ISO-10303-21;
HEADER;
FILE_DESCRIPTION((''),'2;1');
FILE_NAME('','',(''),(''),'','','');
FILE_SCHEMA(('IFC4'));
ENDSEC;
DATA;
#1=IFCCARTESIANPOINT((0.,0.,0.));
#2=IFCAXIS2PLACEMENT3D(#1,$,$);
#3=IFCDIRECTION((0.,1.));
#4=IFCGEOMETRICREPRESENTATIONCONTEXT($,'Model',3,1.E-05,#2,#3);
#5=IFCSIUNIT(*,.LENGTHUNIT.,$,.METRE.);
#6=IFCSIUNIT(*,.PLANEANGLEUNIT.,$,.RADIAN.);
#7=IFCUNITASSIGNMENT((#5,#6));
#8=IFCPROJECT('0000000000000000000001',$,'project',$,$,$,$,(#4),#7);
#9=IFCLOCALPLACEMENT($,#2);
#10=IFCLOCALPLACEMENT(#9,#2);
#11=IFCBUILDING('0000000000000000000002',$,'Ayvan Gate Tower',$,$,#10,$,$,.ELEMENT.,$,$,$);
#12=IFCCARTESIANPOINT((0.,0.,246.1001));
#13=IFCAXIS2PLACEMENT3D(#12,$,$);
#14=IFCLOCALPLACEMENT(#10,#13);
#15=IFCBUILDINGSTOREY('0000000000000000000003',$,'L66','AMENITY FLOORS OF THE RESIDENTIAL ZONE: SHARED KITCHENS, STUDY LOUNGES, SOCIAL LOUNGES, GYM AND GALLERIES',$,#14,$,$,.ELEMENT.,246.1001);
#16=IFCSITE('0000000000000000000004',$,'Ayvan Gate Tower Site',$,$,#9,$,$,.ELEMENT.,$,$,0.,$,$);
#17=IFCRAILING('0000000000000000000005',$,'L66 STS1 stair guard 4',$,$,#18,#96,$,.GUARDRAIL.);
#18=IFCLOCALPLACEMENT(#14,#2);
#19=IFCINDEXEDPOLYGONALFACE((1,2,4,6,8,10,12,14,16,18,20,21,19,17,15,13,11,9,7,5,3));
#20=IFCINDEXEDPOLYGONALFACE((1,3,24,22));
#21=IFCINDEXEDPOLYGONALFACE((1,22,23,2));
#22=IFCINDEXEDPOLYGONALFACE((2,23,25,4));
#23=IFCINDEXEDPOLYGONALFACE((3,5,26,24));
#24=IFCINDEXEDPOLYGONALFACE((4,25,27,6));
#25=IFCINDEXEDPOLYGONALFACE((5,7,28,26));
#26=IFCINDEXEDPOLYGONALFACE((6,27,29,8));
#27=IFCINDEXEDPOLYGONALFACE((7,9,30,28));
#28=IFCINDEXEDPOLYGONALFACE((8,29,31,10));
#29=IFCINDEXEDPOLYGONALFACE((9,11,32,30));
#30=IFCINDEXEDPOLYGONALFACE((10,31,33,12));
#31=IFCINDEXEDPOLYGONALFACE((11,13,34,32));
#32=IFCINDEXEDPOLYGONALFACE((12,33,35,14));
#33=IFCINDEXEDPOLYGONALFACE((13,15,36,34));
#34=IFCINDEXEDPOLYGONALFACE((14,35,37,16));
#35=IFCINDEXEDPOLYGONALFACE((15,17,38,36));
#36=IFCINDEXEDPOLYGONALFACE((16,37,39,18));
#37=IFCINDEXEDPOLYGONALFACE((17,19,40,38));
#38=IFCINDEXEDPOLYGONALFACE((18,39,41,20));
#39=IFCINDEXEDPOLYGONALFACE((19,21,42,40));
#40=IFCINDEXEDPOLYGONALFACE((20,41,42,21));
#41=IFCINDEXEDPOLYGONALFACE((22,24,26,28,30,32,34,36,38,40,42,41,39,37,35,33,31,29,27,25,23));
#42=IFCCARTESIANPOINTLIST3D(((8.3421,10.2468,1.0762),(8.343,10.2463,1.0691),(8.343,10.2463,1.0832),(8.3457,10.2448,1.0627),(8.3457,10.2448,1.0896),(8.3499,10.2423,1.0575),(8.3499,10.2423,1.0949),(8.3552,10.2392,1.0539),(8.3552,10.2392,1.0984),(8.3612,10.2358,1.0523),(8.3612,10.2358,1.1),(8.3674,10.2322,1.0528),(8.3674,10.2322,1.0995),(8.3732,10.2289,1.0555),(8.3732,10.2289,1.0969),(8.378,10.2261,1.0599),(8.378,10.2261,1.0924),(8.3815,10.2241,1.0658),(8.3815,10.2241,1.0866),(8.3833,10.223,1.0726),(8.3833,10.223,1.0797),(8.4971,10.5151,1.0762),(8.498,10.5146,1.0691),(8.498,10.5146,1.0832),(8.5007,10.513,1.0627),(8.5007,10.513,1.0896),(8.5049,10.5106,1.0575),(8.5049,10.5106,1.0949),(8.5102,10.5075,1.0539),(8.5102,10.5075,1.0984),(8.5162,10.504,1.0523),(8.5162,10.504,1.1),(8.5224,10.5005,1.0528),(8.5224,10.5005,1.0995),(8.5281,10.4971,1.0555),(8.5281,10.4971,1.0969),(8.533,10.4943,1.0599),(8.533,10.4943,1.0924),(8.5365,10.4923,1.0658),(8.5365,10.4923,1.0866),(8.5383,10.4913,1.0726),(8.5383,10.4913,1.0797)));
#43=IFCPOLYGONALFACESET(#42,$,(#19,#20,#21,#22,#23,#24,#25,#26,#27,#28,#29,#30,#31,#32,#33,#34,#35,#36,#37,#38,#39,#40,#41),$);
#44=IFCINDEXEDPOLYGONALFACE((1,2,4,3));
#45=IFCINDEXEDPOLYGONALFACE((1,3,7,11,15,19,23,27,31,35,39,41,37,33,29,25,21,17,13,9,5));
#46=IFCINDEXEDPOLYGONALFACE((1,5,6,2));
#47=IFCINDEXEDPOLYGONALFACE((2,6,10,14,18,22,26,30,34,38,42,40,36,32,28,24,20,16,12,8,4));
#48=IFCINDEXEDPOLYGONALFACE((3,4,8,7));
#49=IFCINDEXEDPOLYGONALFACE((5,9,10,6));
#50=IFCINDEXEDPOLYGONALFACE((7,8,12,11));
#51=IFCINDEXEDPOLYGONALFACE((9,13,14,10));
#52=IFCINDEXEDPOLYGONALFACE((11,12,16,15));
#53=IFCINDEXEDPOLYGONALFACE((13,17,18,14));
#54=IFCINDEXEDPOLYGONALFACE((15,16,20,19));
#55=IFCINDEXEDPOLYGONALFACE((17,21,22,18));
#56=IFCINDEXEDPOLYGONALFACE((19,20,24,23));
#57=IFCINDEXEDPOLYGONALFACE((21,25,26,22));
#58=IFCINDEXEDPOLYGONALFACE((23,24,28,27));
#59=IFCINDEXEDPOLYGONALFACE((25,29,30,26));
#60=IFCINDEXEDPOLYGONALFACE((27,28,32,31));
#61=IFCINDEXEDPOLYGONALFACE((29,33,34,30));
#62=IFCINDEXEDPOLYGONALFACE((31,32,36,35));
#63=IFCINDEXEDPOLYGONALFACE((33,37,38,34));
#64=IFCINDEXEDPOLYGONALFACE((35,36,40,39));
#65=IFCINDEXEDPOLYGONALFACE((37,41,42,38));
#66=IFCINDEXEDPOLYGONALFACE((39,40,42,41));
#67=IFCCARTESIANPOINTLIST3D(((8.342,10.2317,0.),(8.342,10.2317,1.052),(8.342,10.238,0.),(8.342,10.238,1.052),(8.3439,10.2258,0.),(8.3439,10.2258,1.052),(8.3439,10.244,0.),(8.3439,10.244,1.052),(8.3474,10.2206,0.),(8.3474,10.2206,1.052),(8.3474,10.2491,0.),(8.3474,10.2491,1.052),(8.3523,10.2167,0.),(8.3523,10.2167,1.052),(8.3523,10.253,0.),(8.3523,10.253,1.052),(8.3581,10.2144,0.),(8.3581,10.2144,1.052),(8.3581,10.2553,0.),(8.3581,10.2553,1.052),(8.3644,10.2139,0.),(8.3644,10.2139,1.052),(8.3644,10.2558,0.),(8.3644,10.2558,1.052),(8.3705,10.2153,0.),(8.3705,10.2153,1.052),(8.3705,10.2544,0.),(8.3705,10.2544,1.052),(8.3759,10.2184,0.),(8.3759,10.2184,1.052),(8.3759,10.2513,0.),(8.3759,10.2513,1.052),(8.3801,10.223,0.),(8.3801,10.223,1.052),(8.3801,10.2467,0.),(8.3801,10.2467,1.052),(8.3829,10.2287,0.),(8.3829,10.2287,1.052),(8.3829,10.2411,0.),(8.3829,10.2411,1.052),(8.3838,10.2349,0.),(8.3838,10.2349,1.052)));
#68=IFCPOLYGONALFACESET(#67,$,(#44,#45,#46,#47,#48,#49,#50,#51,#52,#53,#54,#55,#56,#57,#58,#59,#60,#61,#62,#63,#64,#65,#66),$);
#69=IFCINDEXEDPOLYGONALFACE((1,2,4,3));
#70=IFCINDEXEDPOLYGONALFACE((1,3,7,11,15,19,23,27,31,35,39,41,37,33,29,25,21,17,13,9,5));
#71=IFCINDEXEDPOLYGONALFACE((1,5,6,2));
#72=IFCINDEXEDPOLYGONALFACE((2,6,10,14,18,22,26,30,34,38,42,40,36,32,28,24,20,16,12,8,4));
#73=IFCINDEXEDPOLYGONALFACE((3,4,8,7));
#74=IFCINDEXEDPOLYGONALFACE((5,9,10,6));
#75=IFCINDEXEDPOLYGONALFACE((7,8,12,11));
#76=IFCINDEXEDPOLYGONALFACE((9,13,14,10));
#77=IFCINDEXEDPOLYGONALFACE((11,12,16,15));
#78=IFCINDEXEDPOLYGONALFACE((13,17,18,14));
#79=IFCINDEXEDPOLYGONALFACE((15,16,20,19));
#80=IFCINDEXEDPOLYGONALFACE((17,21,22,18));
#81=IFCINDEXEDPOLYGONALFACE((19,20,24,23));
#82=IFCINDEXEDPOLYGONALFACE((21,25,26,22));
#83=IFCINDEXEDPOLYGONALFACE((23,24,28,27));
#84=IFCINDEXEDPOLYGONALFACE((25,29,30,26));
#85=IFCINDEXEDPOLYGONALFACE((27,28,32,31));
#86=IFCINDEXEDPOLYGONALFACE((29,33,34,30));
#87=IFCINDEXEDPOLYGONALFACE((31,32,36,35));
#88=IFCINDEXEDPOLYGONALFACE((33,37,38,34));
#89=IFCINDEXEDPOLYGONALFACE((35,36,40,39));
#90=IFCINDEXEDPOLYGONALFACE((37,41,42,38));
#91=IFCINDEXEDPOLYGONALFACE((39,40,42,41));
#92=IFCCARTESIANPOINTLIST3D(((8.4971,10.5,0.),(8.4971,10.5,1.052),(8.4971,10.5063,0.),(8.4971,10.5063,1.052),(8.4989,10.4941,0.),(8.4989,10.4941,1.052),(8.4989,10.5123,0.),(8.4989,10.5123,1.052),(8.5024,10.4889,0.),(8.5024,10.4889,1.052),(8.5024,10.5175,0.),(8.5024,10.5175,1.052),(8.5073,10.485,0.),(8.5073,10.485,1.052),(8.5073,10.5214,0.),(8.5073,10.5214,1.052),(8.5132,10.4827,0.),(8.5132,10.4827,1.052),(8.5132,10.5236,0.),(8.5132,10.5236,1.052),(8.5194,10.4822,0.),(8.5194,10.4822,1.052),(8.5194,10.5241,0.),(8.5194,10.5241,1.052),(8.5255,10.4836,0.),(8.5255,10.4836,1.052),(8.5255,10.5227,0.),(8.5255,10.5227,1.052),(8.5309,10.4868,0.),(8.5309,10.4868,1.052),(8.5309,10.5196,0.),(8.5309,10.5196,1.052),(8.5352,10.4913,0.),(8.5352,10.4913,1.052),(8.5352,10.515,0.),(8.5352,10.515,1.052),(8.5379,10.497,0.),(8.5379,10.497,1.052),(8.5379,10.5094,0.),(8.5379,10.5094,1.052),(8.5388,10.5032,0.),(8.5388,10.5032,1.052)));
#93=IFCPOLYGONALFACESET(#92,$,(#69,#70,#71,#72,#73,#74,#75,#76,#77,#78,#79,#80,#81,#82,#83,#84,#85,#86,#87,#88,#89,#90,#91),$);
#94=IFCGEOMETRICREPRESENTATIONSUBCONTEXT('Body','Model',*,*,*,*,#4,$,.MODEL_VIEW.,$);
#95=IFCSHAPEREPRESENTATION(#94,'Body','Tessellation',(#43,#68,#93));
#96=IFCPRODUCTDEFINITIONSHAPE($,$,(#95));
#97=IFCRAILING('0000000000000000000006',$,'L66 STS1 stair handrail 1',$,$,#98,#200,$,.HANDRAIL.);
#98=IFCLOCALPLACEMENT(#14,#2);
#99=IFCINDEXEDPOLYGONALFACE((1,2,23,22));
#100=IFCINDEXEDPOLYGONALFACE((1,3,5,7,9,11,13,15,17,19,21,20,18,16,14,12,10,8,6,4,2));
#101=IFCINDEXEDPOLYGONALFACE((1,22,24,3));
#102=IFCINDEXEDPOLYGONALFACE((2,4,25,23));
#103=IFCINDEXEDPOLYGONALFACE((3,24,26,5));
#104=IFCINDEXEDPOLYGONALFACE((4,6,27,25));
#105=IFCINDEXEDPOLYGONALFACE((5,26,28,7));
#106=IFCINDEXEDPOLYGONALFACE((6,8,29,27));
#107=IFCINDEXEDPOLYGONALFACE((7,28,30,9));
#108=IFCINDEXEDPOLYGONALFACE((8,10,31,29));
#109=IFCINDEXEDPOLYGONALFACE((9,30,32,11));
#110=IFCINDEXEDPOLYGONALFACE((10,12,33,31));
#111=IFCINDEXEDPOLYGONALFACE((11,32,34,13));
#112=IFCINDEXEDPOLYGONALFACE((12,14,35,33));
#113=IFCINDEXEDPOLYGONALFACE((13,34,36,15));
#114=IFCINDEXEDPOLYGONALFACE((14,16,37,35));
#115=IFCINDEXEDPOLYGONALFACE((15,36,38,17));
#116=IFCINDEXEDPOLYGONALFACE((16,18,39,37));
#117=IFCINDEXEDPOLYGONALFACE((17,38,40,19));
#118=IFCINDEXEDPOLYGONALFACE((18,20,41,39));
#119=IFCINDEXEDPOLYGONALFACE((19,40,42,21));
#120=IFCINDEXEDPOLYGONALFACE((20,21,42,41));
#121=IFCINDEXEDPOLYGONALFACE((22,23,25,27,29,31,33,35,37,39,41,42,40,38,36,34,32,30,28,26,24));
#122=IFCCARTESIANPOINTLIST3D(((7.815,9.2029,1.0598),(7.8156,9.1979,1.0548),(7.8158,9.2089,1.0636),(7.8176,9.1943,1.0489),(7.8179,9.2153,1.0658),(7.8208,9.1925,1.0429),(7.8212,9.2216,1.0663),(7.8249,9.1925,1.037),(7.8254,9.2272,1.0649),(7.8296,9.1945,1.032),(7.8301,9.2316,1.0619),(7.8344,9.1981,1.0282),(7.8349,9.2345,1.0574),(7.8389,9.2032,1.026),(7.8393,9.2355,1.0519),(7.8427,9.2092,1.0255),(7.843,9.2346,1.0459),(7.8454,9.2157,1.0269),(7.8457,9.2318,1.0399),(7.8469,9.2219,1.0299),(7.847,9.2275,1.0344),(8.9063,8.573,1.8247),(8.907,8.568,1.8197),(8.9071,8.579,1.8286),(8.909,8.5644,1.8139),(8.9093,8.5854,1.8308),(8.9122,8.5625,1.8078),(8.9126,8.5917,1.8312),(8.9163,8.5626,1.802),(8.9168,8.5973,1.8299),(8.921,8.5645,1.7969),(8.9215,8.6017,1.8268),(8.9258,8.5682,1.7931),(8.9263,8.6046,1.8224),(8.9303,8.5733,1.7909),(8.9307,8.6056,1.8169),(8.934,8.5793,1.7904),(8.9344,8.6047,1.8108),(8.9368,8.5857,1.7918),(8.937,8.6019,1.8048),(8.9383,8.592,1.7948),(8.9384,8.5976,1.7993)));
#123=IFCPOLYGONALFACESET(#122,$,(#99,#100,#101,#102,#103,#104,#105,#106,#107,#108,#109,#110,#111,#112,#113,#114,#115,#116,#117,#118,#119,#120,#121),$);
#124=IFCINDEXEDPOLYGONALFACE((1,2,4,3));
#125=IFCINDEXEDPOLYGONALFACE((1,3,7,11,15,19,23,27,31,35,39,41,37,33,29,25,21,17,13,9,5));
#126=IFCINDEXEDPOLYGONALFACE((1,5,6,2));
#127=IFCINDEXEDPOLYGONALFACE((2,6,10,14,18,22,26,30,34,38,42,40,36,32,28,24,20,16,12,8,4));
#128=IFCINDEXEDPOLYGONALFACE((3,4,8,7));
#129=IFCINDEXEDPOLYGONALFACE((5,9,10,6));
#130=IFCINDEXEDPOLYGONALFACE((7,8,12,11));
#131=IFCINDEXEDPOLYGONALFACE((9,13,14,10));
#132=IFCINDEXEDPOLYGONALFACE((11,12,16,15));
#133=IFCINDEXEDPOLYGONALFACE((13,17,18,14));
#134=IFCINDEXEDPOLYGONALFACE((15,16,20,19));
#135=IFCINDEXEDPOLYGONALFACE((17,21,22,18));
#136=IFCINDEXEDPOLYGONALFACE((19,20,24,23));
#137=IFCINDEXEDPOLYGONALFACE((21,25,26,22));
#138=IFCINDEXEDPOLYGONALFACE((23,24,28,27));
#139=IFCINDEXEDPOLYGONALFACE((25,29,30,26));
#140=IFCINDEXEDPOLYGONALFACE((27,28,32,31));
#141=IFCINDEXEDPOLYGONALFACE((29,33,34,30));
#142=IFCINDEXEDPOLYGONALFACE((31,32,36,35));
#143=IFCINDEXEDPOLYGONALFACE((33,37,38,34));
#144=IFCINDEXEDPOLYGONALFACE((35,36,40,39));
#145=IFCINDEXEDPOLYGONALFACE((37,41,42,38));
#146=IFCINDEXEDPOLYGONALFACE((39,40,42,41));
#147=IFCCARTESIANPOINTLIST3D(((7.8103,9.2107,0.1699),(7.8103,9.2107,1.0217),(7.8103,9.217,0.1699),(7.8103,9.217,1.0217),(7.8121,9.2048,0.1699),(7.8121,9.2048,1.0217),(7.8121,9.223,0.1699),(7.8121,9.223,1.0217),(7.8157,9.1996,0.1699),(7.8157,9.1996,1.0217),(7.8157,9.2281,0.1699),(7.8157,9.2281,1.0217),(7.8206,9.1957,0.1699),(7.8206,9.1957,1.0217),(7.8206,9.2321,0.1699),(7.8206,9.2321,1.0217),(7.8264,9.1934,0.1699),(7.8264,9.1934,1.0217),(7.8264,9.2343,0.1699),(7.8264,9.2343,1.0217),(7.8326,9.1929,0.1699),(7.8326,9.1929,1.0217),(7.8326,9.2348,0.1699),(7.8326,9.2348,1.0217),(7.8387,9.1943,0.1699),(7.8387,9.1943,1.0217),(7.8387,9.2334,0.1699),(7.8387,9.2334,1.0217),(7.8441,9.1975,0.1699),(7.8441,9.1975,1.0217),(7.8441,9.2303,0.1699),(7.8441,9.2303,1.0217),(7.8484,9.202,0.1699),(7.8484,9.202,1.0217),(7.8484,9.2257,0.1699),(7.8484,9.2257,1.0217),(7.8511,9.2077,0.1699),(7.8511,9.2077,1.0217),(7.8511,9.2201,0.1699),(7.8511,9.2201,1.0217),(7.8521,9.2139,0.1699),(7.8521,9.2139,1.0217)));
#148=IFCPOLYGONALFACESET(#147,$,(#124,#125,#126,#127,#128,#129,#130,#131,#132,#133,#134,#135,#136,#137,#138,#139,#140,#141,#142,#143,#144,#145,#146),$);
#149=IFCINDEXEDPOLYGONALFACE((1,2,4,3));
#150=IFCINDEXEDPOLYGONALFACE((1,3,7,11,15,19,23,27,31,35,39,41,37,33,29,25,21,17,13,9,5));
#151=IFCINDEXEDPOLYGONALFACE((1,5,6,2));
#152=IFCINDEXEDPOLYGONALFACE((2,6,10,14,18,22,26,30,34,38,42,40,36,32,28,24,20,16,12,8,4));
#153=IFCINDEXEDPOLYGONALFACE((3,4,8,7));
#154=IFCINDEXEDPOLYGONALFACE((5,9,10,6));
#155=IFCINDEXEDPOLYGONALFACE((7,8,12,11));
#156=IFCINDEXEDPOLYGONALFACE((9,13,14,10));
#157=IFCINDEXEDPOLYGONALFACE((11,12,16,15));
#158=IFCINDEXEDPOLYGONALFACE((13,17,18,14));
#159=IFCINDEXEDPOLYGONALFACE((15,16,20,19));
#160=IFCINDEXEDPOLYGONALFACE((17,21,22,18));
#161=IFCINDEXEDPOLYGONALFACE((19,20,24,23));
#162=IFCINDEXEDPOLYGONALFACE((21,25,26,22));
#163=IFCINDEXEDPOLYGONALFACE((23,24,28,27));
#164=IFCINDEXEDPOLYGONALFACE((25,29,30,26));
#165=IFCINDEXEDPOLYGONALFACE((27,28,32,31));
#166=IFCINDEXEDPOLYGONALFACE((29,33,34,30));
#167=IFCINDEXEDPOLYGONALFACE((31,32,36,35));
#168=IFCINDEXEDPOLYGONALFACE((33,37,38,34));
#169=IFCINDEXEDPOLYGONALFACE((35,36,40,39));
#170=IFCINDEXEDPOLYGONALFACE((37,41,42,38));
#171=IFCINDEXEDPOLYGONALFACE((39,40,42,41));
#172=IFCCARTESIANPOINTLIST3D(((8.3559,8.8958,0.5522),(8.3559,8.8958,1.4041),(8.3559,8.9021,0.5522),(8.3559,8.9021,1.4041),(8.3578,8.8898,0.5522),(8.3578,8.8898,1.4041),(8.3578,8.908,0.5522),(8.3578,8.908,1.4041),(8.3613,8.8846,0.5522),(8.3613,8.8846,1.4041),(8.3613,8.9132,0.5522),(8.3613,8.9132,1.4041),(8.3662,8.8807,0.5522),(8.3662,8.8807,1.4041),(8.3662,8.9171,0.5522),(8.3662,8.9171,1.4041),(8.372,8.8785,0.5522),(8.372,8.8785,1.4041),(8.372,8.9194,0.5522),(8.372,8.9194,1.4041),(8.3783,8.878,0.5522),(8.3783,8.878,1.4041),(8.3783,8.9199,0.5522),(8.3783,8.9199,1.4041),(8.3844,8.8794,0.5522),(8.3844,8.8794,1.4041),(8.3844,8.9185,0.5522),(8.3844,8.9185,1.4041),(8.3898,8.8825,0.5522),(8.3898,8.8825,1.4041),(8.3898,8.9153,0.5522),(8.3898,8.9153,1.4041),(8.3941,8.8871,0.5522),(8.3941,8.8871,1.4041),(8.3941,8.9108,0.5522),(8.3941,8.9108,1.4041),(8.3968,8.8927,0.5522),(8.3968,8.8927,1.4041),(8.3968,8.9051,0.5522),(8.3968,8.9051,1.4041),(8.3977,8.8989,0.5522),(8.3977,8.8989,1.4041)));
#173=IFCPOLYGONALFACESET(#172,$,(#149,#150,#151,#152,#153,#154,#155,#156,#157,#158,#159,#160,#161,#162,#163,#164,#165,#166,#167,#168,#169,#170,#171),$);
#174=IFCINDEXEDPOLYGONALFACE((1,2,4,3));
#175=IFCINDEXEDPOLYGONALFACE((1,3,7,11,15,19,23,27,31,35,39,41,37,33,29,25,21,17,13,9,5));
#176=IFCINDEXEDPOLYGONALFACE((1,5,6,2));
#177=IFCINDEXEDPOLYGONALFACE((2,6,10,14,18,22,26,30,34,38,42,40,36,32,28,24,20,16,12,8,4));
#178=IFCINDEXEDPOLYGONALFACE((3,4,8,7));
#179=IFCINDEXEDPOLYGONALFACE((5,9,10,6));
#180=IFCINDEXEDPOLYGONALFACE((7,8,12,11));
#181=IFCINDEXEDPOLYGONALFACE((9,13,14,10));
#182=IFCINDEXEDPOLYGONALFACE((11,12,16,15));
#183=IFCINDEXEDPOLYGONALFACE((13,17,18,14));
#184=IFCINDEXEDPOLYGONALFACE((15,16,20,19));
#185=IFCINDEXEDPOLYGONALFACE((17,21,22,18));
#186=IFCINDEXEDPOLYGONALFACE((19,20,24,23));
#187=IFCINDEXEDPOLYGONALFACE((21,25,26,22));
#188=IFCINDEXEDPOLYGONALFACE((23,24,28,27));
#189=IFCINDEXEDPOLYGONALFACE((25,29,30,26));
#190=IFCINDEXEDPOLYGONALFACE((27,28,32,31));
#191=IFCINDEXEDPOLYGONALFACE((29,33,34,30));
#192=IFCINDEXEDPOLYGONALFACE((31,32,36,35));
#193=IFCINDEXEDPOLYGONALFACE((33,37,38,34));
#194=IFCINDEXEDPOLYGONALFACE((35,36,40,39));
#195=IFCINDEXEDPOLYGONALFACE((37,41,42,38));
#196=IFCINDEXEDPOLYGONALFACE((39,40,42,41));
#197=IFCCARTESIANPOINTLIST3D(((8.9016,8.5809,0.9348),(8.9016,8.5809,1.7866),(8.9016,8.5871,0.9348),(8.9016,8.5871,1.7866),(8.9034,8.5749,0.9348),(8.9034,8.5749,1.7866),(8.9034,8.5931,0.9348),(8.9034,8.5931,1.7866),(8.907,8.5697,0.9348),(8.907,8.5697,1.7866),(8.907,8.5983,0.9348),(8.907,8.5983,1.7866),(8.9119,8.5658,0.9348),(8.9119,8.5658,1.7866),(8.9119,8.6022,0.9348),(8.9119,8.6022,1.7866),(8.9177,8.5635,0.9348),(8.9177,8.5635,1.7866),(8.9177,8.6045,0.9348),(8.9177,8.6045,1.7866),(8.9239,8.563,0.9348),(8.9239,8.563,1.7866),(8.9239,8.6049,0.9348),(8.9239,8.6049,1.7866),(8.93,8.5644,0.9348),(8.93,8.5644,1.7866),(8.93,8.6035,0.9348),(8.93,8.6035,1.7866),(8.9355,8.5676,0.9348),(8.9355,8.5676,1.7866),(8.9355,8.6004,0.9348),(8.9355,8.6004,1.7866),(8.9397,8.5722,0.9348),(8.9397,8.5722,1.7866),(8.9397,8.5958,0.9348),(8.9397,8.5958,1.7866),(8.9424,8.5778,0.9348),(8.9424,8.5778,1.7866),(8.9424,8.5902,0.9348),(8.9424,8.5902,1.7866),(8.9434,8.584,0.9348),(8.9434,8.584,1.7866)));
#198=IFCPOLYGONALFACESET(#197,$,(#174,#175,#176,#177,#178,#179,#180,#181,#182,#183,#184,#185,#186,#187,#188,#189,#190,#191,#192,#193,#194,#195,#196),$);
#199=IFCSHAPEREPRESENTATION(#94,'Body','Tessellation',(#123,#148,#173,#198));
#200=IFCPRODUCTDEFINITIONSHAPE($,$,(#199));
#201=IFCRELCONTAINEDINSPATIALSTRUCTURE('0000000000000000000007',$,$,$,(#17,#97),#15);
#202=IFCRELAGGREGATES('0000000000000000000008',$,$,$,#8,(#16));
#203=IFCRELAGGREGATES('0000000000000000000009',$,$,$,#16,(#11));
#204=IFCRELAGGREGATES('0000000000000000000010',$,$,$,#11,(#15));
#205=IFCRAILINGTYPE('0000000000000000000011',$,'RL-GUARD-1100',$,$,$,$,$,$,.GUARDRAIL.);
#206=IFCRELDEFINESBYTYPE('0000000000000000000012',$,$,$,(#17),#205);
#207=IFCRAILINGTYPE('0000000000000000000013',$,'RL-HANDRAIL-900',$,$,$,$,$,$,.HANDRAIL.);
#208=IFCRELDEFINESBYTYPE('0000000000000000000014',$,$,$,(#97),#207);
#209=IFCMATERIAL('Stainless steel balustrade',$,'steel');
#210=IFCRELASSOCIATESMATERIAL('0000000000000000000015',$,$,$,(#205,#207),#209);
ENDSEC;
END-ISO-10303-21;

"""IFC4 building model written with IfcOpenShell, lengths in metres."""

from ifc_helpers import new_model, si_unit, direction, frame, origin, origin_2d, place, context, subcontext, project, spatial, circle, extrude, material, type_object, element, save


model = new_model("IFC4")

# Units and contexts
model_context = context("Model", 3, precision=1e-05, world=origin(), true_north=direction((0.0, 1.0)))
body_context = subcontext(model_context, "Body", "Model", "MODEL_VIEW")
ifc_project = project(units=[si_unit("LENGTHUNIT", "METRE"), si_unit("PLANEANGLEUNIT", "RADIAN")], contexts=[model_context])

# Site, building, storey
site_placement = place(None, origin())
site = spatial("IfcSite", under=ifc_project, at=site_placement, Name="Ayvan Gate Tower Site", CompositionType="ELEMENT", RefElevation=0.0)
building_placement = place(site_placement, origin())
building = spatial("IfcBuilding", under=site, at=building_placement, Name="Ayvan Gate Tower", CompositionType="ELEMENT")
storey_placement = place(building_placement, frame((0.0, 0.0, 246.1001)))
storey = spatial("IfcBuildingStorey", under=building, at=storey_placement, Name="L66", Description="AMENITY FLOORS OF THE RESIDENTIAL ZONE: SHARED KITCHENS, STUDY LOUNGES, SOCIAL LOUNGES, GYM AND GALLERIES", CompositionType="ELEMENT", Elevation=246.1001)

# Railings
ifc_material_1 = material(Name="Stainless steel balustrade", Category="steel")
railing_type_1 = type_object("IfcRailingType", Name="RL-GUARD-1100", PredefinedType="GUARDRAIL", material=ifc_material_1)
railing_1_placement = place(storey_placement, frame((8.3628, 10.2349, 0.0)))
element("IfcRailing", 1, at=railing_1_placement, inside=storey, type_object=railing_type_1, Name="L66 STS1 stair guard 4", PredefinedType="GUARDRAIL", context=body_context, shape_type="SweptSolid", body=[
    extrude(circle(Radius=0.0239, at=origin_2d()), frame((0.0, 0.0, 1.0762), z_axis=(0.500291, 0.865857, 0.0), x_axis=(-0.865857, 0.500291, 0.0)), (0.0, 0.0, 1.0), 0.3098),
    extrude(circle(Radius=0.021, at=origin_2d()), origin(), (0.0, 0.0, 1.0), 1.052),
    extrude(circle(Radius=0.021, at=origin_2d()), frame((0.155, 0.2683, 0.0)), (0.0, 0.0, 1.0), 1.052),
])
railing_type_2 = type_object("IfcRailingType", Name="RL-HANDRAIL-900", PredefinedType="HANDRAIL", material=ifc_material_1)
railing_2_placement = place(storey_placement, frame((7.8311, 9.2139, 0.1699)))
element("IfcRailing", 2, at=railing_2_placement, inside=storey, type_object=railing_type_2, Name="L66 STS1 stair handrail 1", PredefinedType="HANDRAIL", context=body_context, shape_type="SweptSolid", body=[
    extrude(circle(Radius=0.0239, at=origin_2d()), frame((0.0, 0.0, 0.876), z_axis=(0.740357, -0.42732, 0.518912), x_axis=(0.49989, 0.866089, 0.0)), (0.0, 0.0, 1.0), 1.4741),
    extrude(circle(Radius=0.021, at=origin_2d()), origin(), (0.0, 0.0, 1.0), 0.8518),
    extrude(circle(Radius=0.021, at=origin_2d()), frame((0.5457, -0.3149, 0.3823)), (0.0, 0.0, 1.0), 0.8518),
    extrude(circle(Radius=0.021, at=origin_2d()), frame((1.0913, -0.6299, 0.7649)), (0.0, 0.0, 1.0), 0.8518),
])

save(model, "model.ifc")
